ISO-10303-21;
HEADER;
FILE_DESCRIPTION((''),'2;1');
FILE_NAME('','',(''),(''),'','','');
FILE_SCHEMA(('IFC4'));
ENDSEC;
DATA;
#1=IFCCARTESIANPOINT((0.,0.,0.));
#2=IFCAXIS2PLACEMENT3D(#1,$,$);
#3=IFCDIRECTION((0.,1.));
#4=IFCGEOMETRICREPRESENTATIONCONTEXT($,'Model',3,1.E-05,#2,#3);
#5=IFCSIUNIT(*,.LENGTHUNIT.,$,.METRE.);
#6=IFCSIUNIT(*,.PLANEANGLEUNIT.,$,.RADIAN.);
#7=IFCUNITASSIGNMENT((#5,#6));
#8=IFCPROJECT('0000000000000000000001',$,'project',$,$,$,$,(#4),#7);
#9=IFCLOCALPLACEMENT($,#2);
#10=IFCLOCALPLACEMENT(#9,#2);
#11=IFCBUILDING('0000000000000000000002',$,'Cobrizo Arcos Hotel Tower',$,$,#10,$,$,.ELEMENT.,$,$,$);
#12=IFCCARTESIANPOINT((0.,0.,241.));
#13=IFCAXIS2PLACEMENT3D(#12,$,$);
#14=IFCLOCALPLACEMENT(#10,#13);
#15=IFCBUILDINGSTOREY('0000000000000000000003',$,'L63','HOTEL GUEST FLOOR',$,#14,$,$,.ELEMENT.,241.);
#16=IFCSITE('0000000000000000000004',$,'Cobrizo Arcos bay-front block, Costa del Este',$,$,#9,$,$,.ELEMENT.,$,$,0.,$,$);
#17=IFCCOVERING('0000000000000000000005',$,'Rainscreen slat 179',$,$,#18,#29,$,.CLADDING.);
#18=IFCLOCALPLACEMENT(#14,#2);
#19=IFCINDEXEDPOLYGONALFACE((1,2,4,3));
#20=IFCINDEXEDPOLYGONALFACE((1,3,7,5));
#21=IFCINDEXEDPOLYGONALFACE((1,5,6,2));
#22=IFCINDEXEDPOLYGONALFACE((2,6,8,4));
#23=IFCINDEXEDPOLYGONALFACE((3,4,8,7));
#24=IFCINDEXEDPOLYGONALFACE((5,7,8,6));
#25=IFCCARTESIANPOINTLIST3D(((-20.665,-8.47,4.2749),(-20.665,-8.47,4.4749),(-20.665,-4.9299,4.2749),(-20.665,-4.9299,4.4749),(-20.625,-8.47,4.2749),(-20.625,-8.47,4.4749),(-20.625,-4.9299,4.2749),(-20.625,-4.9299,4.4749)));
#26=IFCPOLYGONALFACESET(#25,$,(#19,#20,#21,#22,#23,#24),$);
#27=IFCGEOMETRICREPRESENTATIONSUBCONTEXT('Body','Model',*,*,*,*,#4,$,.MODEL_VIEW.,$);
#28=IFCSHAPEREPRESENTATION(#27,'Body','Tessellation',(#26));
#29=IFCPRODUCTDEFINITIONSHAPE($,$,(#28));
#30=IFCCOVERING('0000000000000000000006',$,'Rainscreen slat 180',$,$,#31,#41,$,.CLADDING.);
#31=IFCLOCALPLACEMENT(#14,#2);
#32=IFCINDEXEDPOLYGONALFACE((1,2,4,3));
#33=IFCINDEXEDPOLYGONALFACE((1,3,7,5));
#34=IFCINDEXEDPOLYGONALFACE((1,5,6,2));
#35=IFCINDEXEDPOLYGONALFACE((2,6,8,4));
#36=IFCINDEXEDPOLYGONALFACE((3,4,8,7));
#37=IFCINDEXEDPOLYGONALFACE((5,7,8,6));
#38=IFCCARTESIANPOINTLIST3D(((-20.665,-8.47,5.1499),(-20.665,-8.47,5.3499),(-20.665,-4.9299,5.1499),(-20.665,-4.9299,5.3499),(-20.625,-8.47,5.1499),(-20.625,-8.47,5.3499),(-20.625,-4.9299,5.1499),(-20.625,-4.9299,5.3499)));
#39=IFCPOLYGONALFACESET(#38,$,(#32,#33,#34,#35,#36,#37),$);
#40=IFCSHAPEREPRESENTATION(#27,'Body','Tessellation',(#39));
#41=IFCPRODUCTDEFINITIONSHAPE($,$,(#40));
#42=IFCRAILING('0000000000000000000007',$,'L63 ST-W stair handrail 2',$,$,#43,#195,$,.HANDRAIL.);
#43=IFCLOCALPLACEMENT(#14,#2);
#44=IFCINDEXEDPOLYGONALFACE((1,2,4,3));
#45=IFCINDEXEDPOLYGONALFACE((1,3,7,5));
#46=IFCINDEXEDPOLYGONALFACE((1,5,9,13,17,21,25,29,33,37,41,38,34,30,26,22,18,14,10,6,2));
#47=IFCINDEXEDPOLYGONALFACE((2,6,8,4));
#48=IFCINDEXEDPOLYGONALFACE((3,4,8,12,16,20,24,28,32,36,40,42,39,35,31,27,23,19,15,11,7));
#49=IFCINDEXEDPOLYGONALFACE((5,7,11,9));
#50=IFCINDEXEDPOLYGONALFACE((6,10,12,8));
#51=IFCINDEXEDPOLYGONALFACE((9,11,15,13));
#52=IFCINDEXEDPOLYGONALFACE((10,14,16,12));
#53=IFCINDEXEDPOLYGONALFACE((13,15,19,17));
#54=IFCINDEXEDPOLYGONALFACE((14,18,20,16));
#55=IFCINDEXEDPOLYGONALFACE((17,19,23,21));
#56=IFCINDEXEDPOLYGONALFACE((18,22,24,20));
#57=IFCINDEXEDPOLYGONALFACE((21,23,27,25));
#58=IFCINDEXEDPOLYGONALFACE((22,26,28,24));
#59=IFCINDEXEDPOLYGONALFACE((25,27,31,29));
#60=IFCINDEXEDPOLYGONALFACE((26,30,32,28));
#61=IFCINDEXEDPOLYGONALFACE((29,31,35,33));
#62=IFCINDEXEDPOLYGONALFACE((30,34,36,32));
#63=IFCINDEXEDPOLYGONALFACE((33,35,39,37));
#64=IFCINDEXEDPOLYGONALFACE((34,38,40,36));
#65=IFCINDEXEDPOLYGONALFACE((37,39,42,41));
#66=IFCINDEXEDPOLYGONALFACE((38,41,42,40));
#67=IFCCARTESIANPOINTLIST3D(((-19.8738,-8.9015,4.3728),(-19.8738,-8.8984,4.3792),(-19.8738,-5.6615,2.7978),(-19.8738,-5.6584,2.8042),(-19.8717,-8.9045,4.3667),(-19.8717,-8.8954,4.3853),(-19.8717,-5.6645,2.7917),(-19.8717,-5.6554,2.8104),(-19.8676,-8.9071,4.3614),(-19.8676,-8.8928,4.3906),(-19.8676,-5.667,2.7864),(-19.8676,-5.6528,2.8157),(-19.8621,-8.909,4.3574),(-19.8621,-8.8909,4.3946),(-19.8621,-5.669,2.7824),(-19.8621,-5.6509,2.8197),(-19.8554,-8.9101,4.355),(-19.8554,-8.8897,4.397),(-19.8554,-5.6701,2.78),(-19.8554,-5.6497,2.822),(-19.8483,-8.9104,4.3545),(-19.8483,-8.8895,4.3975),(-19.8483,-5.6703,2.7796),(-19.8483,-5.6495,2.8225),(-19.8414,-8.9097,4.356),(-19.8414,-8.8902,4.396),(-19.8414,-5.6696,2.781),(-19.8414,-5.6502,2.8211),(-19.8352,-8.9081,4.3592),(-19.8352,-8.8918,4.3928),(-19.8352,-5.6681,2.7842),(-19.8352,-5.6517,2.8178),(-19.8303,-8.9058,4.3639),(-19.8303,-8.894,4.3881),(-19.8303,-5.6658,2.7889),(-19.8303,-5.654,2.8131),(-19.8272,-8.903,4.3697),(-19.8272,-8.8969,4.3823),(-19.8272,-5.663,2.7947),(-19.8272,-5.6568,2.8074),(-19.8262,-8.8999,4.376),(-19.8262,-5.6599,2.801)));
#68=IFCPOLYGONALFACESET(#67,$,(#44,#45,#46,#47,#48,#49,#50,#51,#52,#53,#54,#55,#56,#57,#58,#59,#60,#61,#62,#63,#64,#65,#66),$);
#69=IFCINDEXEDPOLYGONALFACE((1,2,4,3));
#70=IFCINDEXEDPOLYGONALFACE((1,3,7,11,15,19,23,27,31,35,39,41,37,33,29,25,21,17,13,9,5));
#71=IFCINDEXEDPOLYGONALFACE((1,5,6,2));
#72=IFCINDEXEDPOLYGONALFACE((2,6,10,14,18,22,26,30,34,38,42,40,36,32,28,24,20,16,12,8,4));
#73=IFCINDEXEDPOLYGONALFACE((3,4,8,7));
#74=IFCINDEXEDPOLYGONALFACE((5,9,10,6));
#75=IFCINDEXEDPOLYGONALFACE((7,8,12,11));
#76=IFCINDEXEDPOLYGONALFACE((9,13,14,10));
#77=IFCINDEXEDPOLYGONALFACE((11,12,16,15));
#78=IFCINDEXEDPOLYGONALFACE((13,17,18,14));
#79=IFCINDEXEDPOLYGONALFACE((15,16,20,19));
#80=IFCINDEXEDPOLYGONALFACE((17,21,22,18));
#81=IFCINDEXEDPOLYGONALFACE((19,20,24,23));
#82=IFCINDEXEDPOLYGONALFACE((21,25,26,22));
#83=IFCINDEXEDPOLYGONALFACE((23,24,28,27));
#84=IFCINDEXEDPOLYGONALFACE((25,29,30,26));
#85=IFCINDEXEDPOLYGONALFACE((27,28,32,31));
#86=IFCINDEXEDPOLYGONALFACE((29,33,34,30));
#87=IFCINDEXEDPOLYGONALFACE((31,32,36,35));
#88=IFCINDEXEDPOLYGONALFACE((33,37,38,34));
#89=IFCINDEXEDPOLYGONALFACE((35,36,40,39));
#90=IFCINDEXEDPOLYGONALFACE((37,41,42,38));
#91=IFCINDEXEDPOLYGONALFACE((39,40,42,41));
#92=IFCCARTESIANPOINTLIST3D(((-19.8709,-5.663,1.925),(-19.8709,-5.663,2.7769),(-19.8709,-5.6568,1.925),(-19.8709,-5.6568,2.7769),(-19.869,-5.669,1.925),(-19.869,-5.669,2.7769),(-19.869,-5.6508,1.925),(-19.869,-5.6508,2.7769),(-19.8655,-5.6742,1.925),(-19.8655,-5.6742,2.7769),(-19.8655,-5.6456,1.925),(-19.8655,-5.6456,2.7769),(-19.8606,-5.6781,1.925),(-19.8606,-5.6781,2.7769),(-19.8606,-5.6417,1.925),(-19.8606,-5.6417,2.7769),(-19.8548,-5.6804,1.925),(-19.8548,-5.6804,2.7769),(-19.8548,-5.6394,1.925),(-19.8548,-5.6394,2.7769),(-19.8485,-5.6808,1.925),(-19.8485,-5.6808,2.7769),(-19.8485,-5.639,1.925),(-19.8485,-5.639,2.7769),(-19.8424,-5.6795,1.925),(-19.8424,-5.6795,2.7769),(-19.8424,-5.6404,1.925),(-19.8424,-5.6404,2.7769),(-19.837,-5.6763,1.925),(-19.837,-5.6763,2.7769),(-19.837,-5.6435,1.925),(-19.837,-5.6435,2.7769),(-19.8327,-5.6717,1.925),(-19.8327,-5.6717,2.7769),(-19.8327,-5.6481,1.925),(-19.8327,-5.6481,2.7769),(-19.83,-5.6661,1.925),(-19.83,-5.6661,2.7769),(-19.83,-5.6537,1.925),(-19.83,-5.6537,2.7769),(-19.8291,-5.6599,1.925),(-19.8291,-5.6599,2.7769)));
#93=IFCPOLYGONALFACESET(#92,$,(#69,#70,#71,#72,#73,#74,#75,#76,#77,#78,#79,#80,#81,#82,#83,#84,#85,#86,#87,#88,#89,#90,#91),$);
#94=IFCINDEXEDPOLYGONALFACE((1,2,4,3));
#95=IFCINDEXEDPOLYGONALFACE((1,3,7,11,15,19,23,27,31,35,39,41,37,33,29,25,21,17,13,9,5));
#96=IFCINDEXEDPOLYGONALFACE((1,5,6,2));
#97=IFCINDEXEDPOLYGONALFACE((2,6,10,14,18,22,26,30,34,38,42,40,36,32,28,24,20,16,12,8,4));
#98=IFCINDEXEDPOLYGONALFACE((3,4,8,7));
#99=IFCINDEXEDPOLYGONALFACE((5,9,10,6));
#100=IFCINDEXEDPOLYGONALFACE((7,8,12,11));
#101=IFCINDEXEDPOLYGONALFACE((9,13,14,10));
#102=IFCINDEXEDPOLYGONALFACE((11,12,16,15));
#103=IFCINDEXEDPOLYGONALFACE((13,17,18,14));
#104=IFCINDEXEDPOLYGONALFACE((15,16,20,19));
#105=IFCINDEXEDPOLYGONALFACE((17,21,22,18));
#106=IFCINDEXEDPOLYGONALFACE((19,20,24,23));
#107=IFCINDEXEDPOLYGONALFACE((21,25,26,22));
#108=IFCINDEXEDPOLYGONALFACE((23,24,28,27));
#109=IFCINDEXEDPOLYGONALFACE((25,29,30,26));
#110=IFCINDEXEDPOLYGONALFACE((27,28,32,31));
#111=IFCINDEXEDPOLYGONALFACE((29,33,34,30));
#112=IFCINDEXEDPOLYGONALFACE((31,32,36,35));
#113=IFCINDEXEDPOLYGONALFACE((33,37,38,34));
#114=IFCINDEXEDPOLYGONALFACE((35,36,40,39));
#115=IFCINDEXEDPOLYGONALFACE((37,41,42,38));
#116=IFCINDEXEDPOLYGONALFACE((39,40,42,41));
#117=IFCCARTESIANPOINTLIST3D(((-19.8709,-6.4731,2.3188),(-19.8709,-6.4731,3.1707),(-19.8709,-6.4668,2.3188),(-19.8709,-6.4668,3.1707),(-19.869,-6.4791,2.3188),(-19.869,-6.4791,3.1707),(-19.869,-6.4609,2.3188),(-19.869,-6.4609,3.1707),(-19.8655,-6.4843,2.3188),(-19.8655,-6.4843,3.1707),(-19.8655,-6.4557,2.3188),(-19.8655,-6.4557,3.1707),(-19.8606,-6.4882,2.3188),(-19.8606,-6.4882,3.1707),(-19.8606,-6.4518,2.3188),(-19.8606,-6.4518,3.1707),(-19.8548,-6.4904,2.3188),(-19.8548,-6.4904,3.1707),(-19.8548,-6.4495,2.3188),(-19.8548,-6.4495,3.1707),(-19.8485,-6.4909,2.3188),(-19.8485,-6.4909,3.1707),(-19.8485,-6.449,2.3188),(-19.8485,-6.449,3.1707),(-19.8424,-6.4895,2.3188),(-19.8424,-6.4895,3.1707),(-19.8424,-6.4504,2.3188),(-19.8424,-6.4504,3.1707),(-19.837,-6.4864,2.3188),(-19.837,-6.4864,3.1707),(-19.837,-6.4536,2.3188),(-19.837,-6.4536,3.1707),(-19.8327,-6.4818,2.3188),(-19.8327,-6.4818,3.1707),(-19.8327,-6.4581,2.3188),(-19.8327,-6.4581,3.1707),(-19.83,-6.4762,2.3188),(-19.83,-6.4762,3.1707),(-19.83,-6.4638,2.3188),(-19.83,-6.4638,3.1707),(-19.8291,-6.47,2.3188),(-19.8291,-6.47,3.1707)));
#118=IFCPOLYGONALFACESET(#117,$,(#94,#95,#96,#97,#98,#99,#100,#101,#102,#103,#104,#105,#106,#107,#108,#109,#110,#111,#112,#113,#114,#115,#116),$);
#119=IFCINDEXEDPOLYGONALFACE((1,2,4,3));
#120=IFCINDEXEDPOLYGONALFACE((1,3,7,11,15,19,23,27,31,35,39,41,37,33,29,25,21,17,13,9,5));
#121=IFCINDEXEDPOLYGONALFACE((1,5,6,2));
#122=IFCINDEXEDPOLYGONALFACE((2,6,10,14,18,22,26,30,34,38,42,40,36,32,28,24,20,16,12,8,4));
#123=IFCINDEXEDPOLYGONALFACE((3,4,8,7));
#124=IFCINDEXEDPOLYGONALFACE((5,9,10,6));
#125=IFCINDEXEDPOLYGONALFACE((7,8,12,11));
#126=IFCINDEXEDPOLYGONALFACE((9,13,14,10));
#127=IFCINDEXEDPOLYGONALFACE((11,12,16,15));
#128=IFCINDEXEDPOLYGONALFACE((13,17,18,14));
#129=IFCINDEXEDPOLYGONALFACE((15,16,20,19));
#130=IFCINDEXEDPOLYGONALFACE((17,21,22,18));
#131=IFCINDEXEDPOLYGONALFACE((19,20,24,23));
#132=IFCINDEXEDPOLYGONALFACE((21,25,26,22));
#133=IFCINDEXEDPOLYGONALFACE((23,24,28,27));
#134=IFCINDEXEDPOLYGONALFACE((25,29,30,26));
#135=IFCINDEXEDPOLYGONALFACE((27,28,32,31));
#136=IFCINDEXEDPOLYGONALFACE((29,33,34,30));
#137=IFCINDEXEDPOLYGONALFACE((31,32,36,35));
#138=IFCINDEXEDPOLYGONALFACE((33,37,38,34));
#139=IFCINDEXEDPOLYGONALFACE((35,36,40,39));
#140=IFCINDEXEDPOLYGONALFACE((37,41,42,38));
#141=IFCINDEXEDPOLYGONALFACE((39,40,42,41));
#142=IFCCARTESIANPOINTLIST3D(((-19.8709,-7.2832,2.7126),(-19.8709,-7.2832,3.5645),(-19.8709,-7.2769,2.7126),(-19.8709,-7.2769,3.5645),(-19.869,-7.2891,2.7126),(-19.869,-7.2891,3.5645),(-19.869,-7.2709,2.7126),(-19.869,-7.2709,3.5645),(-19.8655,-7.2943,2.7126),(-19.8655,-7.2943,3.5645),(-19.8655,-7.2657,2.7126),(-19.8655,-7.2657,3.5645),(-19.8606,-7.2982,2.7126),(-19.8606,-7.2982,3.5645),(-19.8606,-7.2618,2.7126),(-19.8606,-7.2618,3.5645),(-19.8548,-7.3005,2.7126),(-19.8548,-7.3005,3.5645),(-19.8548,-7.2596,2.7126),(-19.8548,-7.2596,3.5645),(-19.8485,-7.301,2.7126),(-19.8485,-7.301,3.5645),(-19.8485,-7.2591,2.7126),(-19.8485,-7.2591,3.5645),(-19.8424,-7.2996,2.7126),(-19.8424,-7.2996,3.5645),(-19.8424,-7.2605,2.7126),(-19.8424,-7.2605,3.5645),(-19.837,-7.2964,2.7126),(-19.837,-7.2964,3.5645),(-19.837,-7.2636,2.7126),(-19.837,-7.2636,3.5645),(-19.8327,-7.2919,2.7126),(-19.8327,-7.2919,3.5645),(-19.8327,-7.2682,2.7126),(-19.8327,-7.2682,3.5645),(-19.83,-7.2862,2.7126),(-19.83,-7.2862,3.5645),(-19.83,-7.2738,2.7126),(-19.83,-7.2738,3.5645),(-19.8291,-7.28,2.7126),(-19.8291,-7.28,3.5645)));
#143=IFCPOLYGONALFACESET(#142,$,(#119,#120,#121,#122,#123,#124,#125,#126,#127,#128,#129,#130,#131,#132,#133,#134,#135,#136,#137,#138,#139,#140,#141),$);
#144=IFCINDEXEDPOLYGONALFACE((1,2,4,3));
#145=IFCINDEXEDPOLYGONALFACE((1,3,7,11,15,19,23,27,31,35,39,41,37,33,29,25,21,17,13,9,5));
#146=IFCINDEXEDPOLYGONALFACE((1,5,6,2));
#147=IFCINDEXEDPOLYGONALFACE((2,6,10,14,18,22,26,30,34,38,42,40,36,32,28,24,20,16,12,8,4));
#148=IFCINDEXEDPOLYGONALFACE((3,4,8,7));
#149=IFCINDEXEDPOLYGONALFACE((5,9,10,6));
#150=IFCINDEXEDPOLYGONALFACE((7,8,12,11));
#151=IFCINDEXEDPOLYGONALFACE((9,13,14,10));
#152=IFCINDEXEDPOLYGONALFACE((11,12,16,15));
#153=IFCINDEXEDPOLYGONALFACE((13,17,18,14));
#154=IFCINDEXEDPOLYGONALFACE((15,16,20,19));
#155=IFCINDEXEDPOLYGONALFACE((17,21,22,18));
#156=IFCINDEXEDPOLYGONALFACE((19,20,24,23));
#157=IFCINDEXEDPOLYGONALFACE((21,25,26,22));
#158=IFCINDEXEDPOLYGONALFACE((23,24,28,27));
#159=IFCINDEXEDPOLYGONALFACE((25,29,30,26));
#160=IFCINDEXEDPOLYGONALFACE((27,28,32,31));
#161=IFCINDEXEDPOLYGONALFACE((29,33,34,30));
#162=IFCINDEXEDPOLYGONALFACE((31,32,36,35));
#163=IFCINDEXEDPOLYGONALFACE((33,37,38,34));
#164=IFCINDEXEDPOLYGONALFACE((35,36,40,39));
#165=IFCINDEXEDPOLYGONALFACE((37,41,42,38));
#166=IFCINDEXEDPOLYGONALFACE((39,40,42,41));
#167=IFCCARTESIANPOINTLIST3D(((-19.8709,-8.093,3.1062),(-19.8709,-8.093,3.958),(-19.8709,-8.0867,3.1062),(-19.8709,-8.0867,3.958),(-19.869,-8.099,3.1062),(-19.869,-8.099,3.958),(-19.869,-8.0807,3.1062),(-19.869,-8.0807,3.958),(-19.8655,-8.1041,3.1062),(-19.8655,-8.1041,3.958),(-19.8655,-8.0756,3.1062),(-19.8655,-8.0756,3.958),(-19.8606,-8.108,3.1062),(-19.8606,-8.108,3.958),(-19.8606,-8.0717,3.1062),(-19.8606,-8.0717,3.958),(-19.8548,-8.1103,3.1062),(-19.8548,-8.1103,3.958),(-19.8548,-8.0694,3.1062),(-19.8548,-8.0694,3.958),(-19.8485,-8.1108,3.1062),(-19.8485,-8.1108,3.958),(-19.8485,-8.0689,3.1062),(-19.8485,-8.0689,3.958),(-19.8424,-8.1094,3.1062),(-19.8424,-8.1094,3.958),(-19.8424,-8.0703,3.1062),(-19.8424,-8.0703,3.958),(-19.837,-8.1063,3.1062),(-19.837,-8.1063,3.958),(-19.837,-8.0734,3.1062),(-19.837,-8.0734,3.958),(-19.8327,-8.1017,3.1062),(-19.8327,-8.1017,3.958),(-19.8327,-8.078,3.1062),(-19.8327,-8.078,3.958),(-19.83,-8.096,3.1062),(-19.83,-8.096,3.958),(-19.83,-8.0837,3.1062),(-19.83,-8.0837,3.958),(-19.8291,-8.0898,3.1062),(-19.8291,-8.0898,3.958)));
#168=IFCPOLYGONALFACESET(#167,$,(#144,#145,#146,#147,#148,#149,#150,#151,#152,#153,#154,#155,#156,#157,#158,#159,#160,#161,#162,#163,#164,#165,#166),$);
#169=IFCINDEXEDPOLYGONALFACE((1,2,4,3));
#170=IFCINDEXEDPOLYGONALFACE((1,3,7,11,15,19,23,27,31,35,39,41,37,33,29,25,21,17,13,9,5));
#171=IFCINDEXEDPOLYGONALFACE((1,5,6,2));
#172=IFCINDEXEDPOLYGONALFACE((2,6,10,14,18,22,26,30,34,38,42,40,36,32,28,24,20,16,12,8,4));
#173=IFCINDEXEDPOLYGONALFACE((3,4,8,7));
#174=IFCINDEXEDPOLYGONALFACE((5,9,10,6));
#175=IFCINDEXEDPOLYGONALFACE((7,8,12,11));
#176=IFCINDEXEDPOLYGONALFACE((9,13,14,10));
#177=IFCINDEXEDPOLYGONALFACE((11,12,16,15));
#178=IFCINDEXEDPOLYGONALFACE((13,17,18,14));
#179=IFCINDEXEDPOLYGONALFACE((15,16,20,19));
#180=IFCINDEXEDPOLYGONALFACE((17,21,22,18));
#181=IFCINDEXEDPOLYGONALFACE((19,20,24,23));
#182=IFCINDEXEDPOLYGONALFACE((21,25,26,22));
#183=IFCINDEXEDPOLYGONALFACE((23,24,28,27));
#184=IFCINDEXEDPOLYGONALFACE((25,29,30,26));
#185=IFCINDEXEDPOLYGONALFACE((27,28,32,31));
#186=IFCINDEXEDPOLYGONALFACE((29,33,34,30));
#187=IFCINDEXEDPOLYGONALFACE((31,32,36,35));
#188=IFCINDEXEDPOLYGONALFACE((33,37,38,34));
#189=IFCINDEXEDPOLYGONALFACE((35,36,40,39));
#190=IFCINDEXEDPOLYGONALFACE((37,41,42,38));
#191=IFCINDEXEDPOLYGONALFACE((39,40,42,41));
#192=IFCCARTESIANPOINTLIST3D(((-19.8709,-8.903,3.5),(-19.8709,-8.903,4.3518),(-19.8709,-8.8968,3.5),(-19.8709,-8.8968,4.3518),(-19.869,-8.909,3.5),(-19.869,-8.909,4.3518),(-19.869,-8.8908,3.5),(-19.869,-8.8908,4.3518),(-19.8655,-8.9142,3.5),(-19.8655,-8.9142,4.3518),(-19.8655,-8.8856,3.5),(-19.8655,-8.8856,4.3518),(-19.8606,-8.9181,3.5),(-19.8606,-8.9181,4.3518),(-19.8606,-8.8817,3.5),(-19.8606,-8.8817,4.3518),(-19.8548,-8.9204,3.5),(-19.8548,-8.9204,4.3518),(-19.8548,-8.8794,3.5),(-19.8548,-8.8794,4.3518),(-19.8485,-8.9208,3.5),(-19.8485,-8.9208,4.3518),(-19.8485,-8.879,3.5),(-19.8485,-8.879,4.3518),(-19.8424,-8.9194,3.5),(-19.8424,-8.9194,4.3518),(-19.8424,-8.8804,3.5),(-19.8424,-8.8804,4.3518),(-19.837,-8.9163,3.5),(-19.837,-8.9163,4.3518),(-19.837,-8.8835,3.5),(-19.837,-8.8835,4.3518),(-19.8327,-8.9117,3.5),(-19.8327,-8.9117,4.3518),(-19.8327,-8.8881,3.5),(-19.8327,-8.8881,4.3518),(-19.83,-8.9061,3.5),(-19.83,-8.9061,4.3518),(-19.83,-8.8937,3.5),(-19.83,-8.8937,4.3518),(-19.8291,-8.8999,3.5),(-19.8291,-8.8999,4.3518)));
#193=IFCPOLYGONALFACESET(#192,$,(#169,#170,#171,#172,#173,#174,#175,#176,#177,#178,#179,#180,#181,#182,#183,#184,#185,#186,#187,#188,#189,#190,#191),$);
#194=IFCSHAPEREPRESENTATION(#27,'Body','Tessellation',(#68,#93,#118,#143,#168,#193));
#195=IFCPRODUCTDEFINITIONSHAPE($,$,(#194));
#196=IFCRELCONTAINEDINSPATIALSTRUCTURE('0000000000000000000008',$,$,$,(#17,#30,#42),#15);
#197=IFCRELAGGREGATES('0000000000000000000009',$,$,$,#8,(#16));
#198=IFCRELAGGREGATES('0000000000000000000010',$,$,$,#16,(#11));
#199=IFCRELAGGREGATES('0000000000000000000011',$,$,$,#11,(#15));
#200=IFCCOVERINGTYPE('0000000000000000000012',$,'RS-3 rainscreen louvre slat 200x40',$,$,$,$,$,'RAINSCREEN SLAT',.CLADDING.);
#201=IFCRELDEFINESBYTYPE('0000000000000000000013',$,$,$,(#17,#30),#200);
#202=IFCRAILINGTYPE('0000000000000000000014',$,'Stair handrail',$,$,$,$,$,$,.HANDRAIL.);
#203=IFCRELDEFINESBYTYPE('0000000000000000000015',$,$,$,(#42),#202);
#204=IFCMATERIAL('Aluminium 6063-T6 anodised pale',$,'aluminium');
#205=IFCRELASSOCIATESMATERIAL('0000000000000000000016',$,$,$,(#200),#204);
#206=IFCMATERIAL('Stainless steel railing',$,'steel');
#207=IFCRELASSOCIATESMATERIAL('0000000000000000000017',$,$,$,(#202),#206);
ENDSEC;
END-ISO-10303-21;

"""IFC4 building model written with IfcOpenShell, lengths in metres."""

from ifc_helpers import new_model, si_unit, direction, frame, origin, origin_2d, place, context, subcontext, project, spatial, rectangle, circle, extrude, material, type_object, element, save


model = new_model("IFC4")

# Units and contexts
model_context = context("Model", 3, precision=1e-05, world=origin(), true_north=direction((0.0, 1.0)))
body_context = subcontext(model_context, "Body", "Model", "MODEL_VIEW")
ifc_project = project(units=[si_unit("LENGTHUNIT", "METRE"), si_unit("PLANEANGLEUNIT", "RADIAN")], contexts=[model_context])

# Site, building, storey
site_placement = place(None, origin())
site = spatial("IfcSite", under=ifc_project, at=site_placement, Name="Cobrizo Arcos bay-front block, Costa del Este", CompositionType="ELEMENT", RefElevation=0.0)
building_placement = place(site_placement, origin())
building = spatial("IfcBuilding", under=site, at=building_placement, Name="Cobrizo Arcos Hotel Tower", CompositionType="ELEMENT")
storey_placement = place(building_placement, frame((0.0, 0.0, 241.0)))
storey = spatial("IfcBuildingStorey", under=building, at=storey_placement, Name="L63", Description="HOTEL GUEST FLOOR", CompositionType="ELEMENT", Elevation=241.0)

# Coverings
ifc_material_1 = material(Name="Aluminium 6063-T6 anodised pale", Category="aluminium")
covering_type_1 = type_object("IfcCoveringType", Name="RS-3 rainscreen louvre slat 200x40", ElementType="RAINSCREEN SLAT", PredefinedType="CLADDING", material=ifc_material_1)
for number, where, z_axis, x_axis, name in (
    (1, (-20.645, -6.7, 4.2749), (0.0, 0.0, 1.0), (0.0, -1.0, 0.0), "Rainscreen slat 179"),
    (2, (-20.645, -6.7, 5.1499), (0.0, 0.0, 1.0), (0.0, -1.0, 0.0), "Rainscreen slat 180"),
):
    element("IfcCovering", number, at=place(storey_placement, frame(where, z_axis=z_axis, x_axis=x_axis)), inside=storey, type_object=covering_type_1, Name=name, PredefinedType="CLADDING", context=body_context, shape_type="SweptSolid", body=[
        extrude(rectangle(XDim=3.54, YDim=0.04, at=origin_2d()), origin(), (0.0, 0.0, 1.0), 0.2),
    ])

# Railing
ifc_material_2 = material(Name="Stainless steel railing", Category="steel")
railing_type = type_object("IfcRailingType", Name="Stair handrail", PredefinedType="HANDRAIL", material=ifc_material_2)
railing_placement = place(storey_placement, frame((-19.8501, -5.6599, 1.925)))
element("IfcRailing", 3, at=railing_placement, inside=storey, type_object=railing_type, Name="L63 ST-W stair handrail 2", PredefinedType="HANDRAIL", context=body_context, shape_type="SweptSolid", body=[
    extrude(circle(Radius=0.0239, at=origin_2d()), frame((0.0, 0.0, 0.876), z_axis=(0.0, -0.899373, 0.437183), x_axis=(1.0, 0.0, 0.0)), (0.0, 0.0, 1.0), 3.6025),
    extrude(circle(Radius=0.021, at=origin_2d()), origin(), (0.0, 0.0, 1.0), 0.8518),
    extrude(circle(Radius=0.021, at=origin_2d()), frame((0.0, -0.8101, 0.3938)), (0.0, 0.0, 1.0), 0.8518),
    extrude(circle(Radius=0.021, at=origin_2d()), frame((0.0, -1.6201, 0.7876)), (0.0, 0.0, 1.0), 0.8518),
    extrude(circle(Radius=0.021, at=origin_2d()), frame((0.0, -2.4299, 1.1812)), (0.0, 0.0, 1.0), 0.8518),
    extrude(circle(Radius=0.021, at=origin_2d()), frame((0.0, -3.24, 1.575)), (0.0, 0.0, 1.0), 0.8518),
])

save(model, "model.ifc")
